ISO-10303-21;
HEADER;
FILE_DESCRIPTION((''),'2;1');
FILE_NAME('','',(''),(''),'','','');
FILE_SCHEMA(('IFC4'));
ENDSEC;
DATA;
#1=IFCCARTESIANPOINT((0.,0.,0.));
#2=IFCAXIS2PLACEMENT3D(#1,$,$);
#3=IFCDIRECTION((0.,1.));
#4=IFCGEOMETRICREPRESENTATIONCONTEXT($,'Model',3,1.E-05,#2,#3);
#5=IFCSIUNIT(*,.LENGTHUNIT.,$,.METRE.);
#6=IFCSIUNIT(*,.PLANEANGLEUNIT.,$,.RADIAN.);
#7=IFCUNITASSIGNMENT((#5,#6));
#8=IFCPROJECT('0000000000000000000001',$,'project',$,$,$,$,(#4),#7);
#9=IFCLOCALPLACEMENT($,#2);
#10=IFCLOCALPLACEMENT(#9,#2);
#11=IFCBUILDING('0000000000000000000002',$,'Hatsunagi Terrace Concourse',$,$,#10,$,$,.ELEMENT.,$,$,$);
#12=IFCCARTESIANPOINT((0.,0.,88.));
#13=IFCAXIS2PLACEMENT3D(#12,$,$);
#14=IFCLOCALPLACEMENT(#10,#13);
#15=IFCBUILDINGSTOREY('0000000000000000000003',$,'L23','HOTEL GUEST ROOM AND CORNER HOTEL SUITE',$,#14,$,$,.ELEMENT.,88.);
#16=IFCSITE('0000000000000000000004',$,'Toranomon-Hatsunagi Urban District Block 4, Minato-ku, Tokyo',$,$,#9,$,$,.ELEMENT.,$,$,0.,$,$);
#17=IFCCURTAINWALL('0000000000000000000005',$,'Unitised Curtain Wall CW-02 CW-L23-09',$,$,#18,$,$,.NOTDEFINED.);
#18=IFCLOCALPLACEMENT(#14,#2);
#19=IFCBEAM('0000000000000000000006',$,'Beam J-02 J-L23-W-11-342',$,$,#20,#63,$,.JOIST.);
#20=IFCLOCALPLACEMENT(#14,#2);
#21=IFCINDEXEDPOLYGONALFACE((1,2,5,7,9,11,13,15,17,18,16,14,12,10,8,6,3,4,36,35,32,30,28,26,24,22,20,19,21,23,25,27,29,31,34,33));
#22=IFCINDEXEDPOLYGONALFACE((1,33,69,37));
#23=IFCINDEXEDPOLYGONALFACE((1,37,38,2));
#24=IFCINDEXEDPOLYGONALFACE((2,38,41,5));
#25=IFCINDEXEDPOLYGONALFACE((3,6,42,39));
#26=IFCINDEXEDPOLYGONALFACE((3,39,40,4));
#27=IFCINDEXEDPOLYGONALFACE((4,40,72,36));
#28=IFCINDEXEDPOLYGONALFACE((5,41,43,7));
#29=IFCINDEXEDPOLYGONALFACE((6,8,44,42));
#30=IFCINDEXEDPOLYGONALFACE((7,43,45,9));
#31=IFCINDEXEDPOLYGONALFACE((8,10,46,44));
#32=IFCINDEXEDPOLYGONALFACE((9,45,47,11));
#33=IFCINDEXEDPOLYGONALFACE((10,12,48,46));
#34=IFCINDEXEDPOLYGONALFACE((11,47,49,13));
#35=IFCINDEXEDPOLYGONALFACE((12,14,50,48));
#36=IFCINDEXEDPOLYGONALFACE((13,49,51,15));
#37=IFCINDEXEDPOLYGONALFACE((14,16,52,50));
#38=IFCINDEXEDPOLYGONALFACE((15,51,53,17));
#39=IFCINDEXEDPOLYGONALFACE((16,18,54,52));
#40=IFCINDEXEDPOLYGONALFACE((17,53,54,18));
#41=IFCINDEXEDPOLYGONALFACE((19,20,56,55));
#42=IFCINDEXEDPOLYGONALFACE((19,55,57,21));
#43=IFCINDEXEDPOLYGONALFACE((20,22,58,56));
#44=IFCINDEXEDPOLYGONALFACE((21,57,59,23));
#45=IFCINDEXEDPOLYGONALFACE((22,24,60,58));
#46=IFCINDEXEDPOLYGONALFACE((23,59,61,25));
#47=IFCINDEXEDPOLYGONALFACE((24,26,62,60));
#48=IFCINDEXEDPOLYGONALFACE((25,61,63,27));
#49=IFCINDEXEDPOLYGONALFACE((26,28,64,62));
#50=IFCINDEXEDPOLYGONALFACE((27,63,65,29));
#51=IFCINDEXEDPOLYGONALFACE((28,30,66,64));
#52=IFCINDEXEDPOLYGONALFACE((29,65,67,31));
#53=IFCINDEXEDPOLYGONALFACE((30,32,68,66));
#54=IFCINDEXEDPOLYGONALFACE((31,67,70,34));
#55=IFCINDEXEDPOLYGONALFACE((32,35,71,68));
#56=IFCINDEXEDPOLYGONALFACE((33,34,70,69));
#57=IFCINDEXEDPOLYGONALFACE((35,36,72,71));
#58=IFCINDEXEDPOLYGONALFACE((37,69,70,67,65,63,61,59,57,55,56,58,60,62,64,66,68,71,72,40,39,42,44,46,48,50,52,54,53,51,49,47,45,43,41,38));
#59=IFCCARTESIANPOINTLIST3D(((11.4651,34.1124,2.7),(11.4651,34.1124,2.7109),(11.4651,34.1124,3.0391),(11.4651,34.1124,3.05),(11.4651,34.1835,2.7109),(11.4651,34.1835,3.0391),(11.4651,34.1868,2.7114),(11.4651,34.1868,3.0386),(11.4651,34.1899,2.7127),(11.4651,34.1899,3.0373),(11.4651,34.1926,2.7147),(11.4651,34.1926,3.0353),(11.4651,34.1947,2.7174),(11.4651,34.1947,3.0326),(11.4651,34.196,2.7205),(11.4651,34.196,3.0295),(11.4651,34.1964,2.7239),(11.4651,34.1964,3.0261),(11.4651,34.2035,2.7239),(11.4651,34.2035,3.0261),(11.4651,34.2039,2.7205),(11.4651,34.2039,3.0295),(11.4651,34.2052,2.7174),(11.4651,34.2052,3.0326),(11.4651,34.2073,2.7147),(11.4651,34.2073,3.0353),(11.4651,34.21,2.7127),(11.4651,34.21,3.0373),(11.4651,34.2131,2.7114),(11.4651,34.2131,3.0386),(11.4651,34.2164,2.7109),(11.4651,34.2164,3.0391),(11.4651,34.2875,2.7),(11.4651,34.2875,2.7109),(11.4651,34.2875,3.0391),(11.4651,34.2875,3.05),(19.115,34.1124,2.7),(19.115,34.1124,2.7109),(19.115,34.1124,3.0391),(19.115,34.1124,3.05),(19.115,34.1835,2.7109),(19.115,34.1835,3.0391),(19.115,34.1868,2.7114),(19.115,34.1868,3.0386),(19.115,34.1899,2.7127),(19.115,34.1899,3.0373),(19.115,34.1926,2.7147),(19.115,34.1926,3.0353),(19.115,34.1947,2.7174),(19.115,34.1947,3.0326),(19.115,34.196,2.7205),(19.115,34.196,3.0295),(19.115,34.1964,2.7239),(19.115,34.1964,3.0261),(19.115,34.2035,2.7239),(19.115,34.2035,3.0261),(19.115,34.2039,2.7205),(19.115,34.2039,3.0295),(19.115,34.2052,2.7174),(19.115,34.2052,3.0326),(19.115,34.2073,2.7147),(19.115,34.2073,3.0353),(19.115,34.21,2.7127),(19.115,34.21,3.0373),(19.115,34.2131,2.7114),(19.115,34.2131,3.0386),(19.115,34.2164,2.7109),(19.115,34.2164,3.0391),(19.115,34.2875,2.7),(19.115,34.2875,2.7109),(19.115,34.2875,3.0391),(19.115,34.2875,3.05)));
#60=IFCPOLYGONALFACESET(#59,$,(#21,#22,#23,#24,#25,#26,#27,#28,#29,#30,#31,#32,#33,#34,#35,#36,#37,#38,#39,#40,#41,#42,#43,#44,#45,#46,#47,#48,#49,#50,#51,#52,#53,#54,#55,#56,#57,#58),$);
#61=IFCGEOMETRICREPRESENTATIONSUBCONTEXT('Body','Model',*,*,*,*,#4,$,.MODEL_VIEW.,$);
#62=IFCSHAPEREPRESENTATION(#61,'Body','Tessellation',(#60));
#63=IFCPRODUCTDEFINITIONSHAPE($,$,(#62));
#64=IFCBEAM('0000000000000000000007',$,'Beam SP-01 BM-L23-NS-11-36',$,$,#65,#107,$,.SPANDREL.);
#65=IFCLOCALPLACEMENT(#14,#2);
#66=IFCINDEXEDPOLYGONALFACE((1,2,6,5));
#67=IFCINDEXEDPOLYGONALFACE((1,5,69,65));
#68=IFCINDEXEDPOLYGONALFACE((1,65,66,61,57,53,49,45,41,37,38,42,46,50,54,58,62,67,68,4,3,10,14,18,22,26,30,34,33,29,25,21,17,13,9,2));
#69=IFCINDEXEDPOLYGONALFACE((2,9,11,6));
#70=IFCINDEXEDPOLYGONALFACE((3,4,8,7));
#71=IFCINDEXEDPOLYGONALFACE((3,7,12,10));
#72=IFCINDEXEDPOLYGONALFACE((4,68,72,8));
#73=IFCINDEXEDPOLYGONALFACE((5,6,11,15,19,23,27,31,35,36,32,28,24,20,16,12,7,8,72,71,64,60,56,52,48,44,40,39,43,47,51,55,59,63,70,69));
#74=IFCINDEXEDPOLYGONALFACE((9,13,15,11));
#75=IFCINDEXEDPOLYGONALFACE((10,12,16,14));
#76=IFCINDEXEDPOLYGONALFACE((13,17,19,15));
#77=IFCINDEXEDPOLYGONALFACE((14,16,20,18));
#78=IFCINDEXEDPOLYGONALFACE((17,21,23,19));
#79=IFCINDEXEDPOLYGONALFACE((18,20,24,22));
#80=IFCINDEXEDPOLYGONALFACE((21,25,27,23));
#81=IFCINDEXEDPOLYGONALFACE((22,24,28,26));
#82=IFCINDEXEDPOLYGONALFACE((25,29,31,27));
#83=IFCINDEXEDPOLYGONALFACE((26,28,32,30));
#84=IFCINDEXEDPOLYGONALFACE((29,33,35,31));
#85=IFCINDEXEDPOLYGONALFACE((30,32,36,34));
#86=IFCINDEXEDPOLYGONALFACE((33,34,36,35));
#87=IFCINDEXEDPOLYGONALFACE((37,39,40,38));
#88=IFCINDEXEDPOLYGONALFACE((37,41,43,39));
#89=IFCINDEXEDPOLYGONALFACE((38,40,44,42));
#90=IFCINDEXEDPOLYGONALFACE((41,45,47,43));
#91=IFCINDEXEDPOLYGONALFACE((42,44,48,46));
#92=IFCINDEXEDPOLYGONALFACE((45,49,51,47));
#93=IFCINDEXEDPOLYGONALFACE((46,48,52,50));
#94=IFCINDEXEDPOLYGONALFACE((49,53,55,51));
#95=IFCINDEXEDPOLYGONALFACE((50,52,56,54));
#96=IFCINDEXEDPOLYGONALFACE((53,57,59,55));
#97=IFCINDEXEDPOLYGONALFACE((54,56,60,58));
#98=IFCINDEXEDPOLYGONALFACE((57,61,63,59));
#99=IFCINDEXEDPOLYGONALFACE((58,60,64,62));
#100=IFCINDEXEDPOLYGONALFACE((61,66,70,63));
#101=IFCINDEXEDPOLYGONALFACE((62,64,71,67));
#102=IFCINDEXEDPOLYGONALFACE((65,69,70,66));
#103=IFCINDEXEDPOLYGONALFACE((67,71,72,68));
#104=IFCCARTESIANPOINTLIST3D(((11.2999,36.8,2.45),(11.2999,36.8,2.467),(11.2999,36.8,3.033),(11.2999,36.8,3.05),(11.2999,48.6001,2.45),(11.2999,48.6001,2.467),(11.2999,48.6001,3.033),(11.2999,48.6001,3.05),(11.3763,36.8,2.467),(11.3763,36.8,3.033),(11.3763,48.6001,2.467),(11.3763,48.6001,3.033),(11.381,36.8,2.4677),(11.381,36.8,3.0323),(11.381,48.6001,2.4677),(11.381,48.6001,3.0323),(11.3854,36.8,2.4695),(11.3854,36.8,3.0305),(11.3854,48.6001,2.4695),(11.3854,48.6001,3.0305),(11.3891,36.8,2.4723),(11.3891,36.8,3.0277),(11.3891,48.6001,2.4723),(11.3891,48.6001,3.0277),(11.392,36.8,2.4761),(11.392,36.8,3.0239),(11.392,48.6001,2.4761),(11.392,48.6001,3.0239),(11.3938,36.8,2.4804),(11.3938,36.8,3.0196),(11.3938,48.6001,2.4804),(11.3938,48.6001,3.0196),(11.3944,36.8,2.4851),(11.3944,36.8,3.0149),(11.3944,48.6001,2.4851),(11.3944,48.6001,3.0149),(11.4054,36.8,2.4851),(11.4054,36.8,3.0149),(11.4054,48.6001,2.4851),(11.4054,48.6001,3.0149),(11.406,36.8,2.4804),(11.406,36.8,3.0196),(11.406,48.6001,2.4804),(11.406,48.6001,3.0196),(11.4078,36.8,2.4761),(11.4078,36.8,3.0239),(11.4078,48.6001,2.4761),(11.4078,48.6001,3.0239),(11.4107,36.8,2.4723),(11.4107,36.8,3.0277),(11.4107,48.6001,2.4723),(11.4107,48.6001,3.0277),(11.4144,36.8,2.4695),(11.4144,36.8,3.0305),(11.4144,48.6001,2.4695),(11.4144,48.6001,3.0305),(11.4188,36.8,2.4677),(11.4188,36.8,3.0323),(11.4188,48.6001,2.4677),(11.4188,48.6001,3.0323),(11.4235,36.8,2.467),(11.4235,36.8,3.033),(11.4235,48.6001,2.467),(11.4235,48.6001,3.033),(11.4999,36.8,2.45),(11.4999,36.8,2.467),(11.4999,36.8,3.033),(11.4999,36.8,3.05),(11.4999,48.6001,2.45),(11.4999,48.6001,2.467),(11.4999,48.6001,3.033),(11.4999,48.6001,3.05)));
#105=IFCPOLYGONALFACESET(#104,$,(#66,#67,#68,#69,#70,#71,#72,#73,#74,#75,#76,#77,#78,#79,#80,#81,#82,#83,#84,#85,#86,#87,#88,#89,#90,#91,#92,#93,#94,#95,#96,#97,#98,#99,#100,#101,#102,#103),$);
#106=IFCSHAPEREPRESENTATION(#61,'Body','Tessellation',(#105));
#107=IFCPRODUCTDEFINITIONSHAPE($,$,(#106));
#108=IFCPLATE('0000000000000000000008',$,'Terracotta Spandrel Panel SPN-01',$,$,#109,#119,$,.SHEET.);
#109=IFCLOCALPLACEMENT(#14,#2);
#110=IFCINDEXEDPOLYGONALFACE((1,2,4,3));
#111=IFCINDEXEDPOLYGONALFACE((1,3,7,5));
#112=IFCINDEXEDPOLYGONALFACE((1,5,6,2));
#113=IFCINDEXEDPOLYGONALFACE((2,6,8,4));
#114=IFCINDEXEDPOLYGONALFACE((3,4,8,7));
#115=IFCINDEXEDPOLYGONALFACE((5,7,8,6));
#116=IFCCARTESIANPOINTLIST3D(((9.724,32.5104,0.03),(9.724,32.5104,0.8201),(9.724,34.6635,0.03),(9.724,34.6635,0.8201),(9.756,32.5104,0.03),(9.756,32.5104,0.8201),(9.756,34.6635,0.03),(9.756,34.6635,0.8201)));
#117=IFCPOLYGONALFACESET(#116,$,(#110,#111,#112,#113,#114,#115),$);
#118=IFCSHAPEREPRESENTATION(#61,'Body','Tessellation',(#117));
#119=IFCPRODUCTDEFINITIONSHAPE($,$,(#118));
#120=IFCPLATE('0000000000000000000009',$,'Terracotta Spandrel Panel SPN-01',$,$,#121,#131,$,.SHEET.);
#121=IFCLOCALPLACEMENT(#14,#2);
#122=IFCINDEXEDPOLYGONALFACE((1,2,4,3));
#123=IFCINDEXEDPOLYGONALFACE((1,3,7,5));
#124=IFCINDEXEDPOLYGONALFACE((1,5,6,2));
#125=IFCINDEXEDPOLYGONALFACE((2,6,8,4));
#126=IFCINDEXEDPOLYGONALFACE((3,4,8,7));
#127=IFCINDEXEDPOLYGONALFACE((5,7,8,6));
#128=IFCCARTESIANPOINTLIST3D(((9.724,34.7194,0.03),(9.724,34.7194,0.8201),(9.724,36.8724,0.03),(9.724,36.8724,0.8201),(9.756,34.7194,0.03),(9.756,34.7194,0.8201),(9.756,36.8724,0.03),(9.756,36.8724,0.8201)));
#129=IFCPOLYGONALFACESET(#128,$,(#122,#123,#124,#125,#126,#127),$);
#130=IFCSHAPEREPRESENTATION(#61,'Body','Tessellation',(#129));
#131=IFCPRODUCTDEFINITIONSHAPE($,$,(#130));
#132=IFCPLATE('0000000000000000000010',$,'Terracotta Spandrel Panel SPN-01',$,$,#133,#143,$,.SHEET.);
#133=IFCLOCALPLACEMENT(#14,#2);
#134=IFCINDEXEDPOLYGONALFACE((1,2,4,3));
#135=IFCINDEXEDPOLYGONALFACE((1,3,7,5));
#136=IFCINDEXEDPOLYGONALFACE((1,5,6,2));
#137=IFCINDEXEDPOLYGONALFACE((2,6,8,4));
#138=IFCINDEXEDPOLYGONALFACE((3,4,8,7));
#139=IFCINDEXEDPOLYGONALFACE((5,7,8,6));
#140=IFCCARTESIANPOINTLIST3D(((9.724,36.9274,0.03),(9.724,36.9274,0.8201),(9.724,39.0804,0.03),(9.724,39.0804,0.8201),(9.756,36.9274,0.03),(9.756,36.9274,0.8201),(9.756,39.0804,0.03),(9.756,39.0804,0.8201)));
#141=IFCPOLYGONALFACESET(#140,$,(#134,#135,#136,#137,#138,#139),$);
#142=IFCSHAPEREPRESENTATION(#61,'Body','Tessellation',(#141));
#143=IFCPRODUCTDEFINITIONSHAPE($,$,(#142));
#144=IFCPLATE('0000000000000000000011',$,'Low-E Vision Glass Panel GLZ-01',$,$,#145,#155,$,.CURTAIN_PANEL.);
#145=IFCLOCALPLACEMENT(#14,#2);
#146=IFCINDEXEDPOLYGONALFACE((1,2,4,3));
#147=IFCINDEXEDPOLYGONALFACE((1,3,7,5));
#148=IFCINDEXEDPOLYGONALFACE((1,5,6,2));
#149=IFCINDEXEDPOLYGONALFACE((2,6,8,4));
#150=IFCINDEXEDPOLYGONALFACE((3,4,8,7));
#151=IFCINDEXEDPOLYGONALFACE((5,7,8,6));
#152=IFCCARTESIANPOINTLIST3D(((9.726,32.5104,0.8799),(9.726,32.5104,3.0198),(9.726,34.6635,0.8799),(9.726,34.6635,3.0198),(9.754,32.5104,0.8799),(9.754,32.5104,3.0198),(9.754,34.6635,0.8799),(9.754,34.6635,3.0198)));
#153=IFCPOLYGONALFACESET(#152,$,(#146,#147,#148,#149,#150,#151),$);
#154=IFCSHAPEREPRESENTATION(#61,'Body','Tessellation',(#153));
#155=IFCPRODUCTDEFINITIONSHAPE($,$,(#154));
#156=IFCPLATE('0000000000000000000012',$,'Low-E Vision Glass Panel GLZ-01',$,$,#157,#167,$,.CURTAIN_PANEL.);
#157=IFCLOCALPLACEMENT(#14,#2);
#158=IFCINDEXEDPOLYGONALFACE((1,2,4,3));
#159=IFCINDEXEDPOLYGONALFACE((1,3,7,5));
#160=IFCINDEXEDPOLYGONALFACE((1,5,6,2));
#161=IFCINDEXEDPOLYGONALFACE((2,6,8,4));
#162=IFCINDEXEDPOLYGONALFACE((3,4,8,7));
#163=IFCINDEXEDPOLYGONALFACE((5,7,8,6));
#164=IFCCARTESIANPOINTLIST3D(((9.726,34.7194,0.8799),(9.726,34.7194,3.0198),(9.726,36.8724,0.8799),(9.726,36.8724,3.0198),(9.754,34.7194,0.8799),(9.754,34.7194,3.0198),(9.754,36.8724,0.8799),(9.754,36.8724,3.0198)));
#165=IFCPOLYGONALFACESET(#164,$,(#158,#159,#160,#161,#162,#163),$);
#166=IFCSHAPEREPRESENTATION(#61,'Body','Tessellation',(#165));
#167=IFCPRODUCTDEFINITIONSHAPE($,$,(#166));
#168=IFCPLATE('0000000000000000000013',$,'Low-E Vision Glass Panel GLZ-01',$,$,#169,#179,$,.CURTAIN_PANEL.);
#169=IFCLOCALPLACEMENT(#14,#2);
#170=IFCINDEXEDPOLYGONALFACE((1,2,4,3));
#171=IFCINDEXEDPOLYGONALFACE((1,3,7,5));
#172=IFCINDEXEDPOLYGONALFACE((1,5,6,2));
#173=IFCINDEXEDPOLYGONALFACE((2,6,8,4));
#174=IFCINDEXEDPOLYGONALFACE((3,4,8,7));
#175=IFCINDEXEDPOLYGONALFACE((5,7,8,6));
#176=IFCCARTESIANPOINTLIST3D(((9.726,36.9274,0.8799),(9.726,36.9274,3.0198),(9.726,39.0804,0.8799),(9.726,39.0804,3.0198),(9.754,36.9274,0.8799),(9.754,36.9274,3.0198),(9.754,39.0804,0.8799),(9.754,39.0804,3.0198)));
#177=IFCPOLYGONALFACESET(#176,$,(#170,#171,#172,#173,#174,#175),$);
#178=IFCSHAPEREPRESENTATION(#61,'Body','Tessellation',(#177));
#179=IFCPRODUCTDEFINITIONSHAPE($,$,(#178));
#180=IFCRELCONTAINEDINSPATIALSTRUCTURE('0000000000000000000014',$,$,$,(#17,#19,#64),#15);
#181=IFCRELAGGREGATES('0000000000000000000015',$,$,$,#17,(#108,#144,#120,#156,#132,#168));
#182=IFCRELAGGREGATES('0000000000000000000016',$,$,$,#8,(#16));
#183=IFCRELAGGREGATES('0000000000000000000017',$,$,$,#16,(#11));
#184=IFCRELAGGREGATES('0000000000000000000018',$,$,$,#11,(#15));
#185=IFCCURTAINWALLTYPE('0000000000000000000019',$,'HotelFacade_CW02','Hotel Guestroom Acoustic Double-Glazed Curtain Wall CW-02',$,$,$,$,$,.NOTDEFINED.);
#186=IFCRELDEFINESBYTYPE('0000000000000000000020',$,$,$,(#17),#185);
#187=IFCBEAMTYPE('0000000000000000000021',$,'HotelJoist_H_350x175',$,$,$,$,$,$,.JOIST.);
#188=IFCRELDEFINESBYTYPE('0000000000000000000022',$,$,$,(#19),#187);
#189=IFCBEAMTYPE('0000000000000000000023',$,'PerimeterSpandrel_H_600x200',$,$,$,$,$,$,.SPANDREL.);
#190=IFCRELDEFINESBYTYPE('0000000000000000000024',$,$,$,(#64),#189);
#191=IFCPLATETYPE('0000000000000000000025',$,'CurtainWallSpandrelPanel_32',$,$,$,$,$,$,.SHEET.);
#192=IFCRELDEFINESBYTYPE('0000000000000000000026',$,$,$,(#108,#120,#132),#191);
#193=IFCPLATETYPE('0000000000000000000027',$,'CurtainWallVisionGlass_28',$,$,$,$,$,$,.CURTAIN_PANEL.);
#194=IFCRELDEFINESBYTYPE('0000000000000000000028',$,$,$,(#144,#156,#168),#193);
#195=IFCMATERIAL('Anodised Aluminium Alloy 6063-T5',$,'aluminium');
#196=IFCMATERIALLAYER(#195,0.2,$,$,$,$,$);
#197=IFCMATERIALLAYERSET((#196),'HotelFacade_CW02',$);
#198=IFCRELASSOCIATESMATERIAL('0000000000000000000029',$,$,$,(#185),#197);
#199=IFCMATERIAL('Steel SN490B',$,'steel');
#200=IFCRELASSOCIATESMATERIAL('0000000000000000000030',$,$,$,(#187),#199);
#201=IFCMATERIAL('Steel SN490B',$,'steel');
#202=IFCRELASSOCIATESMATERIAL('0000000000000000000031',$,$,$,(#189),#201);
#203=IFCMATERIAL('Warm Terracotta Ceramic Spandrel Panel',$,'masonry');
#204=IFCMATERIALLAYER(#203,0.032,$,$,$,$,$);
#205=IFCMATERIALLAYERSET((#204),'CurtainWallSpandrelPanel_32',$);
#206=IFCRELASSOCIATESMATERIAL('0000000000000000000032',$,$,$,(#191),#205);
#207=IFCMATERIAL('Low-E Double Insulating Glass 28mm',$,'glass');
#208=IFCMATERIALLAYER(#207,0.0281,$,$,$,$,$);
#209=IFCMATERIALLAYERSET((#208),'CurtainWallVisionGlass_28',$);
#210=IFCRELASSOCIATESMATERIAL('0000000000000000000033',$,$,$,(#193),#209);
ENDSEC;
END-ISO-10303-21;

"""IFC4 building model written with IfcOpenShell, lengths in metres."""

from ifc_helpers import new_model, si_unit, direction, frame, origin, origin_2d, place, context, subcontext, project, spatial, rectangle, i_section, extrude, material, layer, layer_set, material_profile, profile_set, type_object, element, aggregate, save


model = new_model("IFC4")

# Units and contexts
model_context = context("Model", 3, precision=1e-05, world=origin(), true_north=direction((0.0, 1.0)))
body_context = subcontext(model_context, "Body", "Model", "MODEL_VIEW")
ifc_project = project(units=[si_unit("LENGTHUNIT", "METRE"), si_unit("PLANEANGLEUNIT", "RADIAN")], contexts=[model_context])

# Site, building, storey
site_placement = place(None, origin())
site = spatial("IfcSite", under=ifc_project, at=site_placement, Name="Toranomon-Hatsunagi Urban District Block 4, Minato-ku, Tokyo", CompositionType="ELEMENT", RefElevation=0.0)
building_placement = place(site_placement, origin())
building = spatial("IfcBuilding", under=site, at=building_placement, Name="Hatsunagi Terrace Concourse", CompositionType="ELEMENT")
storey_placement = place(building_placement, frame((0.0, 0.0, 88.0)))
storey = spatial("IfcBuildingStorey", under=building, at=storey_placement, Name="L23", Description="HOTEL GUEST ROOM AND CORNER HOTEL SUITE", CompositionType="ELEMENT", Elevation=88.0)

# Curtain wall
ifc_material_1 = material(Name="Anodised Aluminium Alloy 6063-T5", Category="aluminium")
ifc_layer_1 = layer(ifc_material_1, 0.2)
ifc_layer_set_1 = layer_set([ifc_layer_1], Name="HotelFacade_CW02")
curtain_wall_type = type_object("IfcCurtainWallType", Name="HotelFacade_CW02", Description="Hotel Guestroom Acoustic Double-Glazed Curtain Wall CW-02", PredefinedType="NOTDEFINED", material=ifc_layer_set_1)
curtain_wall_placement = place(storey_placement, origin())
curtain_wall = element("IfcCurtainWall", 1, at=curtain_wall_placement, inside=storey, type_object=curtain_wall_type, Name="Unitised Curtain Wall CW-02 CW-L23-09", PredefinedType="NOTDEFINED")

# Beams
ifc_material_2 = material(Name="Steel SN490B", Category="steel")
ifc_material_profile_1 = material_profile(ifc_material_2, i_section(OverallWidth=0.175, OverallDepth=0.3501, WebThickness=0.0071, FlangeThickness=0.011, FilletRadius=0.0129, at=origin_2d()), Name="H-350x175x7x11")
ifc_profile_set_1 = profile_set([ifc_material_profile_1], Name="Steel SN490B")
beam_type_1 = type_object("IfcBeamType", Name="HotelJoist_H_350x175", PredefinedType="JOIST", material=ifc_profile_set_1)
beam_1_placement = place(storey_placement, frame((11.4651, 34.2, 2.875), z_axis=(1.0, 0.0, 0.0), x_axis=(0.0, 1.0, 0.0)))
element("IfcBeam", 2, at=beam_1_placement, inside=storey, type_object=beam_type_1, Name="Beam J-02 J-L23-W-11-342", PredefinedType="JOIST", context=body_context, shape_type="SweptSolid", body=[
    extrude(i_section(OverallWidth=0.175, OverallDepth=0.3501, WebThickness=0.0071, FlangeThickness=0.011, FilletRadius=0.0129, at=origin_2d()), origin(), (0.0, 0.0, 1.0), 7.6499),
])
ifc_material_3 = material(Name="Steel SN490B", Category="steel")
ifc_material_profile_2 = material_profile(ifc_material_3, i_section(OverallWidth=0.2, OverallDepth=0.6001, WebThickness=0.011, FlangeThickness=0.0171, FilletRadius=0.0181, at=origin_2d()), Name="H-600x200x11x17")
ifc_profile_set_2 = profile_set([ifc_material_profile_2], Name="Steel SN490B")
beam_type_2 = type_object("IfcBeamType", Name="PerimeterSpandrel_H_600x200", PredefinedType="SPANDREL", material=ifc_profile_set_2)
beam_2_placement = place(storey_placement, frame((11.3999, 36.8, 2.75), z_axis=(0.0, 1.0, 0.0), x_axis=(-1.0, 0.0, 0.0)))
element("IfcBeam", 3, at=beam_2_placement, inside=storey, type_object=beam_type_2, Name="Beam SP-01 BM-L23-NS-11-36", PredefinedType="SPANDREL", context=body_context, shape_type="SweptSolid", body=[
    extrude(i_section(OverallWidth=0.2, OverallDepth=0.6001, WebThickness=0.011, FlangeThickness=0.0171, FilletRadius=0.0181, at=origin_2d()), origin(), (0.0, 0.0, 1.0), 11.8),
])

# Plates
ifc_material_4 = material(Name="Warm Terracotta Ceramic Spandrel Panel", Category="masonry")
ifc_layer_2 = layer(ifc_material_4, 0.032)
ifc_layer_set_2 = layer_set([ifc_layer_2], Name="CurtainWallSpandrelPanel_32")
plate_type_1 = type_object("IfcPlateType", Name="CurtainWallSpandrelPanel_32", PredefinedType="SHEET", material=ifc_layer_set_2)
plate_1_placement = place(storey_placement, frame((9.74, 33.5869, 0.03), z_axis=(0.0, 0.0, 1.0), x_axis=(0.0, 1.0, 0.0)))
plate_1 = element("IfcPlate", 4, at=plate_1_placement, type_object=plate_type_1, Name="Terracotta Spandrel Panel SPN-01", PredefinedType="SHEET", context=body_context, shape_type="SweptSolid", body=[
    extrude(rectangle(XDim=2.1531, YDim=0.032, at=origin_2d()), origin(), (0.0, 0.0, 1.0), 0.79),
])
plate_2_placement = place(storey_placement, frame((9.74, 35.7959, 0.03), z_axis=(0.0, 0.0, 1.0), x_axis=(0.0, 1.0, 0.0)))
plate_2 = element("IfcPlate", 5, at=plate_2_placement, type_object=plate_type_1, Name="Terracotta Spandrel Panel SPN-01", PredefinedType="SHEET", context=body_context, shape_type="SweptSolid", body=[
    extrude(rectangle(XDim=2.1531, YDim=0.032, at=origin_2d()), origin(), (0.0, 0.0, 1.0), 0.79),
])
plate_3_placement = place(storey_placement, frame((9.74, 38.0039, 0.03), z_axis=(0.0, 0.0, 1.0), x_axis=(0.0, 1.0, 0.0)))
plate_3 = element("IfcPlate", 6, at=plate_3_placement, type_object=plate_type_1, Name="Terracotta Spandrel Panel SPN-01", PredefinedType="SHEET", context=body_context, shape_type="SweptSolid", body=[
    extrude(rectangle(XDim=2.1531, YDim=0.032, at=origin_2d()), origin(), (0.0, 0.0, 1.0), 0.79),
])
ifc_material_5 = material(Name="Low-E Double Insulating Glass 28mm", Category="glass")
ifc_layer_3 = layer(ifc_material_5, 0.0281)
ifc_layer_set_3 = layer_set([ifc_layer_3], Name="CurtainWallVisionGlass_28")
plate_type_2 = type_object("IfcPlateType", Name="CurtainWallVisionGlass_28", PredefinedType="CURTAIN_PANEL", material=ifc_layer_set_3)
plate_4_placement = place(storey_placement, frame((9.74, 33.5869, 0.8799), z_axis=(0.0, 0.0, 1.0), x_axis=(0.0, 1.0, 0.0)))
plate_4 = element("IfcPlate", 7, at=plate_4_placement, type_object=plate_type_2, Name="Low-E Vision Glass Panel GLZ-01", PredefinedType="CURTAIN_PANEL", context=body_context, shape_type="SweptSolid", body=[
    extrude(rectangle(XDim=2.1531, YDim=0.0281, at=origin_2d()), origin(), (0.0, 0.0, 1.0), 2.1399),
])
plate_5_placement = place(storey_placement, frame((9.74, 35.7959, 0.8799), z_axis=(0.0, 0.0, 1.0), x_axis=(0.0, 1.0, 0.0)))
plate_5 = element("IfcPlate", 8, at=plate_5_placement, type_object=plate_type_2, Name="Low-E Vision Glass Panel GLZ-01", PredefinedType="CURTAIN_PANEL", context=body_context, shape_type="SweptSolid", body=[
    extrude(rectangle(XDim=2.1531, YDim=0.0281, at=origin_2d()), origin(), (0.0, 0.0, 1.0), 2.1399),
])
plate_6_placement = place(storey_placement, frame((9.74, 38.0039, 0.8799), z_axis=(0.0, 0.0, 1.0), x_axis=(0.0, 1.0, 0.0)))
plate_6 = element("IfcPlate", 9, at=plate_6_placement, type_object=plate_type_2, Name="Low-E Vision Glass Panel GLZ-01", PredefinedType="CURTAIN_PANEL", context=body_context, shape_type="SweptSolid", body=[
    extrude(rectangle(XDim=2.1531, YDim=0.0281, at=origin_2d()), origin(), (0.0, 0.0, 1.0), 2.1399),
])
aggregate(curtain_wall, [plate_1, plate_4, plate_2, plate_5, plate_3, plate_6])

save(model, "model.ifc")
